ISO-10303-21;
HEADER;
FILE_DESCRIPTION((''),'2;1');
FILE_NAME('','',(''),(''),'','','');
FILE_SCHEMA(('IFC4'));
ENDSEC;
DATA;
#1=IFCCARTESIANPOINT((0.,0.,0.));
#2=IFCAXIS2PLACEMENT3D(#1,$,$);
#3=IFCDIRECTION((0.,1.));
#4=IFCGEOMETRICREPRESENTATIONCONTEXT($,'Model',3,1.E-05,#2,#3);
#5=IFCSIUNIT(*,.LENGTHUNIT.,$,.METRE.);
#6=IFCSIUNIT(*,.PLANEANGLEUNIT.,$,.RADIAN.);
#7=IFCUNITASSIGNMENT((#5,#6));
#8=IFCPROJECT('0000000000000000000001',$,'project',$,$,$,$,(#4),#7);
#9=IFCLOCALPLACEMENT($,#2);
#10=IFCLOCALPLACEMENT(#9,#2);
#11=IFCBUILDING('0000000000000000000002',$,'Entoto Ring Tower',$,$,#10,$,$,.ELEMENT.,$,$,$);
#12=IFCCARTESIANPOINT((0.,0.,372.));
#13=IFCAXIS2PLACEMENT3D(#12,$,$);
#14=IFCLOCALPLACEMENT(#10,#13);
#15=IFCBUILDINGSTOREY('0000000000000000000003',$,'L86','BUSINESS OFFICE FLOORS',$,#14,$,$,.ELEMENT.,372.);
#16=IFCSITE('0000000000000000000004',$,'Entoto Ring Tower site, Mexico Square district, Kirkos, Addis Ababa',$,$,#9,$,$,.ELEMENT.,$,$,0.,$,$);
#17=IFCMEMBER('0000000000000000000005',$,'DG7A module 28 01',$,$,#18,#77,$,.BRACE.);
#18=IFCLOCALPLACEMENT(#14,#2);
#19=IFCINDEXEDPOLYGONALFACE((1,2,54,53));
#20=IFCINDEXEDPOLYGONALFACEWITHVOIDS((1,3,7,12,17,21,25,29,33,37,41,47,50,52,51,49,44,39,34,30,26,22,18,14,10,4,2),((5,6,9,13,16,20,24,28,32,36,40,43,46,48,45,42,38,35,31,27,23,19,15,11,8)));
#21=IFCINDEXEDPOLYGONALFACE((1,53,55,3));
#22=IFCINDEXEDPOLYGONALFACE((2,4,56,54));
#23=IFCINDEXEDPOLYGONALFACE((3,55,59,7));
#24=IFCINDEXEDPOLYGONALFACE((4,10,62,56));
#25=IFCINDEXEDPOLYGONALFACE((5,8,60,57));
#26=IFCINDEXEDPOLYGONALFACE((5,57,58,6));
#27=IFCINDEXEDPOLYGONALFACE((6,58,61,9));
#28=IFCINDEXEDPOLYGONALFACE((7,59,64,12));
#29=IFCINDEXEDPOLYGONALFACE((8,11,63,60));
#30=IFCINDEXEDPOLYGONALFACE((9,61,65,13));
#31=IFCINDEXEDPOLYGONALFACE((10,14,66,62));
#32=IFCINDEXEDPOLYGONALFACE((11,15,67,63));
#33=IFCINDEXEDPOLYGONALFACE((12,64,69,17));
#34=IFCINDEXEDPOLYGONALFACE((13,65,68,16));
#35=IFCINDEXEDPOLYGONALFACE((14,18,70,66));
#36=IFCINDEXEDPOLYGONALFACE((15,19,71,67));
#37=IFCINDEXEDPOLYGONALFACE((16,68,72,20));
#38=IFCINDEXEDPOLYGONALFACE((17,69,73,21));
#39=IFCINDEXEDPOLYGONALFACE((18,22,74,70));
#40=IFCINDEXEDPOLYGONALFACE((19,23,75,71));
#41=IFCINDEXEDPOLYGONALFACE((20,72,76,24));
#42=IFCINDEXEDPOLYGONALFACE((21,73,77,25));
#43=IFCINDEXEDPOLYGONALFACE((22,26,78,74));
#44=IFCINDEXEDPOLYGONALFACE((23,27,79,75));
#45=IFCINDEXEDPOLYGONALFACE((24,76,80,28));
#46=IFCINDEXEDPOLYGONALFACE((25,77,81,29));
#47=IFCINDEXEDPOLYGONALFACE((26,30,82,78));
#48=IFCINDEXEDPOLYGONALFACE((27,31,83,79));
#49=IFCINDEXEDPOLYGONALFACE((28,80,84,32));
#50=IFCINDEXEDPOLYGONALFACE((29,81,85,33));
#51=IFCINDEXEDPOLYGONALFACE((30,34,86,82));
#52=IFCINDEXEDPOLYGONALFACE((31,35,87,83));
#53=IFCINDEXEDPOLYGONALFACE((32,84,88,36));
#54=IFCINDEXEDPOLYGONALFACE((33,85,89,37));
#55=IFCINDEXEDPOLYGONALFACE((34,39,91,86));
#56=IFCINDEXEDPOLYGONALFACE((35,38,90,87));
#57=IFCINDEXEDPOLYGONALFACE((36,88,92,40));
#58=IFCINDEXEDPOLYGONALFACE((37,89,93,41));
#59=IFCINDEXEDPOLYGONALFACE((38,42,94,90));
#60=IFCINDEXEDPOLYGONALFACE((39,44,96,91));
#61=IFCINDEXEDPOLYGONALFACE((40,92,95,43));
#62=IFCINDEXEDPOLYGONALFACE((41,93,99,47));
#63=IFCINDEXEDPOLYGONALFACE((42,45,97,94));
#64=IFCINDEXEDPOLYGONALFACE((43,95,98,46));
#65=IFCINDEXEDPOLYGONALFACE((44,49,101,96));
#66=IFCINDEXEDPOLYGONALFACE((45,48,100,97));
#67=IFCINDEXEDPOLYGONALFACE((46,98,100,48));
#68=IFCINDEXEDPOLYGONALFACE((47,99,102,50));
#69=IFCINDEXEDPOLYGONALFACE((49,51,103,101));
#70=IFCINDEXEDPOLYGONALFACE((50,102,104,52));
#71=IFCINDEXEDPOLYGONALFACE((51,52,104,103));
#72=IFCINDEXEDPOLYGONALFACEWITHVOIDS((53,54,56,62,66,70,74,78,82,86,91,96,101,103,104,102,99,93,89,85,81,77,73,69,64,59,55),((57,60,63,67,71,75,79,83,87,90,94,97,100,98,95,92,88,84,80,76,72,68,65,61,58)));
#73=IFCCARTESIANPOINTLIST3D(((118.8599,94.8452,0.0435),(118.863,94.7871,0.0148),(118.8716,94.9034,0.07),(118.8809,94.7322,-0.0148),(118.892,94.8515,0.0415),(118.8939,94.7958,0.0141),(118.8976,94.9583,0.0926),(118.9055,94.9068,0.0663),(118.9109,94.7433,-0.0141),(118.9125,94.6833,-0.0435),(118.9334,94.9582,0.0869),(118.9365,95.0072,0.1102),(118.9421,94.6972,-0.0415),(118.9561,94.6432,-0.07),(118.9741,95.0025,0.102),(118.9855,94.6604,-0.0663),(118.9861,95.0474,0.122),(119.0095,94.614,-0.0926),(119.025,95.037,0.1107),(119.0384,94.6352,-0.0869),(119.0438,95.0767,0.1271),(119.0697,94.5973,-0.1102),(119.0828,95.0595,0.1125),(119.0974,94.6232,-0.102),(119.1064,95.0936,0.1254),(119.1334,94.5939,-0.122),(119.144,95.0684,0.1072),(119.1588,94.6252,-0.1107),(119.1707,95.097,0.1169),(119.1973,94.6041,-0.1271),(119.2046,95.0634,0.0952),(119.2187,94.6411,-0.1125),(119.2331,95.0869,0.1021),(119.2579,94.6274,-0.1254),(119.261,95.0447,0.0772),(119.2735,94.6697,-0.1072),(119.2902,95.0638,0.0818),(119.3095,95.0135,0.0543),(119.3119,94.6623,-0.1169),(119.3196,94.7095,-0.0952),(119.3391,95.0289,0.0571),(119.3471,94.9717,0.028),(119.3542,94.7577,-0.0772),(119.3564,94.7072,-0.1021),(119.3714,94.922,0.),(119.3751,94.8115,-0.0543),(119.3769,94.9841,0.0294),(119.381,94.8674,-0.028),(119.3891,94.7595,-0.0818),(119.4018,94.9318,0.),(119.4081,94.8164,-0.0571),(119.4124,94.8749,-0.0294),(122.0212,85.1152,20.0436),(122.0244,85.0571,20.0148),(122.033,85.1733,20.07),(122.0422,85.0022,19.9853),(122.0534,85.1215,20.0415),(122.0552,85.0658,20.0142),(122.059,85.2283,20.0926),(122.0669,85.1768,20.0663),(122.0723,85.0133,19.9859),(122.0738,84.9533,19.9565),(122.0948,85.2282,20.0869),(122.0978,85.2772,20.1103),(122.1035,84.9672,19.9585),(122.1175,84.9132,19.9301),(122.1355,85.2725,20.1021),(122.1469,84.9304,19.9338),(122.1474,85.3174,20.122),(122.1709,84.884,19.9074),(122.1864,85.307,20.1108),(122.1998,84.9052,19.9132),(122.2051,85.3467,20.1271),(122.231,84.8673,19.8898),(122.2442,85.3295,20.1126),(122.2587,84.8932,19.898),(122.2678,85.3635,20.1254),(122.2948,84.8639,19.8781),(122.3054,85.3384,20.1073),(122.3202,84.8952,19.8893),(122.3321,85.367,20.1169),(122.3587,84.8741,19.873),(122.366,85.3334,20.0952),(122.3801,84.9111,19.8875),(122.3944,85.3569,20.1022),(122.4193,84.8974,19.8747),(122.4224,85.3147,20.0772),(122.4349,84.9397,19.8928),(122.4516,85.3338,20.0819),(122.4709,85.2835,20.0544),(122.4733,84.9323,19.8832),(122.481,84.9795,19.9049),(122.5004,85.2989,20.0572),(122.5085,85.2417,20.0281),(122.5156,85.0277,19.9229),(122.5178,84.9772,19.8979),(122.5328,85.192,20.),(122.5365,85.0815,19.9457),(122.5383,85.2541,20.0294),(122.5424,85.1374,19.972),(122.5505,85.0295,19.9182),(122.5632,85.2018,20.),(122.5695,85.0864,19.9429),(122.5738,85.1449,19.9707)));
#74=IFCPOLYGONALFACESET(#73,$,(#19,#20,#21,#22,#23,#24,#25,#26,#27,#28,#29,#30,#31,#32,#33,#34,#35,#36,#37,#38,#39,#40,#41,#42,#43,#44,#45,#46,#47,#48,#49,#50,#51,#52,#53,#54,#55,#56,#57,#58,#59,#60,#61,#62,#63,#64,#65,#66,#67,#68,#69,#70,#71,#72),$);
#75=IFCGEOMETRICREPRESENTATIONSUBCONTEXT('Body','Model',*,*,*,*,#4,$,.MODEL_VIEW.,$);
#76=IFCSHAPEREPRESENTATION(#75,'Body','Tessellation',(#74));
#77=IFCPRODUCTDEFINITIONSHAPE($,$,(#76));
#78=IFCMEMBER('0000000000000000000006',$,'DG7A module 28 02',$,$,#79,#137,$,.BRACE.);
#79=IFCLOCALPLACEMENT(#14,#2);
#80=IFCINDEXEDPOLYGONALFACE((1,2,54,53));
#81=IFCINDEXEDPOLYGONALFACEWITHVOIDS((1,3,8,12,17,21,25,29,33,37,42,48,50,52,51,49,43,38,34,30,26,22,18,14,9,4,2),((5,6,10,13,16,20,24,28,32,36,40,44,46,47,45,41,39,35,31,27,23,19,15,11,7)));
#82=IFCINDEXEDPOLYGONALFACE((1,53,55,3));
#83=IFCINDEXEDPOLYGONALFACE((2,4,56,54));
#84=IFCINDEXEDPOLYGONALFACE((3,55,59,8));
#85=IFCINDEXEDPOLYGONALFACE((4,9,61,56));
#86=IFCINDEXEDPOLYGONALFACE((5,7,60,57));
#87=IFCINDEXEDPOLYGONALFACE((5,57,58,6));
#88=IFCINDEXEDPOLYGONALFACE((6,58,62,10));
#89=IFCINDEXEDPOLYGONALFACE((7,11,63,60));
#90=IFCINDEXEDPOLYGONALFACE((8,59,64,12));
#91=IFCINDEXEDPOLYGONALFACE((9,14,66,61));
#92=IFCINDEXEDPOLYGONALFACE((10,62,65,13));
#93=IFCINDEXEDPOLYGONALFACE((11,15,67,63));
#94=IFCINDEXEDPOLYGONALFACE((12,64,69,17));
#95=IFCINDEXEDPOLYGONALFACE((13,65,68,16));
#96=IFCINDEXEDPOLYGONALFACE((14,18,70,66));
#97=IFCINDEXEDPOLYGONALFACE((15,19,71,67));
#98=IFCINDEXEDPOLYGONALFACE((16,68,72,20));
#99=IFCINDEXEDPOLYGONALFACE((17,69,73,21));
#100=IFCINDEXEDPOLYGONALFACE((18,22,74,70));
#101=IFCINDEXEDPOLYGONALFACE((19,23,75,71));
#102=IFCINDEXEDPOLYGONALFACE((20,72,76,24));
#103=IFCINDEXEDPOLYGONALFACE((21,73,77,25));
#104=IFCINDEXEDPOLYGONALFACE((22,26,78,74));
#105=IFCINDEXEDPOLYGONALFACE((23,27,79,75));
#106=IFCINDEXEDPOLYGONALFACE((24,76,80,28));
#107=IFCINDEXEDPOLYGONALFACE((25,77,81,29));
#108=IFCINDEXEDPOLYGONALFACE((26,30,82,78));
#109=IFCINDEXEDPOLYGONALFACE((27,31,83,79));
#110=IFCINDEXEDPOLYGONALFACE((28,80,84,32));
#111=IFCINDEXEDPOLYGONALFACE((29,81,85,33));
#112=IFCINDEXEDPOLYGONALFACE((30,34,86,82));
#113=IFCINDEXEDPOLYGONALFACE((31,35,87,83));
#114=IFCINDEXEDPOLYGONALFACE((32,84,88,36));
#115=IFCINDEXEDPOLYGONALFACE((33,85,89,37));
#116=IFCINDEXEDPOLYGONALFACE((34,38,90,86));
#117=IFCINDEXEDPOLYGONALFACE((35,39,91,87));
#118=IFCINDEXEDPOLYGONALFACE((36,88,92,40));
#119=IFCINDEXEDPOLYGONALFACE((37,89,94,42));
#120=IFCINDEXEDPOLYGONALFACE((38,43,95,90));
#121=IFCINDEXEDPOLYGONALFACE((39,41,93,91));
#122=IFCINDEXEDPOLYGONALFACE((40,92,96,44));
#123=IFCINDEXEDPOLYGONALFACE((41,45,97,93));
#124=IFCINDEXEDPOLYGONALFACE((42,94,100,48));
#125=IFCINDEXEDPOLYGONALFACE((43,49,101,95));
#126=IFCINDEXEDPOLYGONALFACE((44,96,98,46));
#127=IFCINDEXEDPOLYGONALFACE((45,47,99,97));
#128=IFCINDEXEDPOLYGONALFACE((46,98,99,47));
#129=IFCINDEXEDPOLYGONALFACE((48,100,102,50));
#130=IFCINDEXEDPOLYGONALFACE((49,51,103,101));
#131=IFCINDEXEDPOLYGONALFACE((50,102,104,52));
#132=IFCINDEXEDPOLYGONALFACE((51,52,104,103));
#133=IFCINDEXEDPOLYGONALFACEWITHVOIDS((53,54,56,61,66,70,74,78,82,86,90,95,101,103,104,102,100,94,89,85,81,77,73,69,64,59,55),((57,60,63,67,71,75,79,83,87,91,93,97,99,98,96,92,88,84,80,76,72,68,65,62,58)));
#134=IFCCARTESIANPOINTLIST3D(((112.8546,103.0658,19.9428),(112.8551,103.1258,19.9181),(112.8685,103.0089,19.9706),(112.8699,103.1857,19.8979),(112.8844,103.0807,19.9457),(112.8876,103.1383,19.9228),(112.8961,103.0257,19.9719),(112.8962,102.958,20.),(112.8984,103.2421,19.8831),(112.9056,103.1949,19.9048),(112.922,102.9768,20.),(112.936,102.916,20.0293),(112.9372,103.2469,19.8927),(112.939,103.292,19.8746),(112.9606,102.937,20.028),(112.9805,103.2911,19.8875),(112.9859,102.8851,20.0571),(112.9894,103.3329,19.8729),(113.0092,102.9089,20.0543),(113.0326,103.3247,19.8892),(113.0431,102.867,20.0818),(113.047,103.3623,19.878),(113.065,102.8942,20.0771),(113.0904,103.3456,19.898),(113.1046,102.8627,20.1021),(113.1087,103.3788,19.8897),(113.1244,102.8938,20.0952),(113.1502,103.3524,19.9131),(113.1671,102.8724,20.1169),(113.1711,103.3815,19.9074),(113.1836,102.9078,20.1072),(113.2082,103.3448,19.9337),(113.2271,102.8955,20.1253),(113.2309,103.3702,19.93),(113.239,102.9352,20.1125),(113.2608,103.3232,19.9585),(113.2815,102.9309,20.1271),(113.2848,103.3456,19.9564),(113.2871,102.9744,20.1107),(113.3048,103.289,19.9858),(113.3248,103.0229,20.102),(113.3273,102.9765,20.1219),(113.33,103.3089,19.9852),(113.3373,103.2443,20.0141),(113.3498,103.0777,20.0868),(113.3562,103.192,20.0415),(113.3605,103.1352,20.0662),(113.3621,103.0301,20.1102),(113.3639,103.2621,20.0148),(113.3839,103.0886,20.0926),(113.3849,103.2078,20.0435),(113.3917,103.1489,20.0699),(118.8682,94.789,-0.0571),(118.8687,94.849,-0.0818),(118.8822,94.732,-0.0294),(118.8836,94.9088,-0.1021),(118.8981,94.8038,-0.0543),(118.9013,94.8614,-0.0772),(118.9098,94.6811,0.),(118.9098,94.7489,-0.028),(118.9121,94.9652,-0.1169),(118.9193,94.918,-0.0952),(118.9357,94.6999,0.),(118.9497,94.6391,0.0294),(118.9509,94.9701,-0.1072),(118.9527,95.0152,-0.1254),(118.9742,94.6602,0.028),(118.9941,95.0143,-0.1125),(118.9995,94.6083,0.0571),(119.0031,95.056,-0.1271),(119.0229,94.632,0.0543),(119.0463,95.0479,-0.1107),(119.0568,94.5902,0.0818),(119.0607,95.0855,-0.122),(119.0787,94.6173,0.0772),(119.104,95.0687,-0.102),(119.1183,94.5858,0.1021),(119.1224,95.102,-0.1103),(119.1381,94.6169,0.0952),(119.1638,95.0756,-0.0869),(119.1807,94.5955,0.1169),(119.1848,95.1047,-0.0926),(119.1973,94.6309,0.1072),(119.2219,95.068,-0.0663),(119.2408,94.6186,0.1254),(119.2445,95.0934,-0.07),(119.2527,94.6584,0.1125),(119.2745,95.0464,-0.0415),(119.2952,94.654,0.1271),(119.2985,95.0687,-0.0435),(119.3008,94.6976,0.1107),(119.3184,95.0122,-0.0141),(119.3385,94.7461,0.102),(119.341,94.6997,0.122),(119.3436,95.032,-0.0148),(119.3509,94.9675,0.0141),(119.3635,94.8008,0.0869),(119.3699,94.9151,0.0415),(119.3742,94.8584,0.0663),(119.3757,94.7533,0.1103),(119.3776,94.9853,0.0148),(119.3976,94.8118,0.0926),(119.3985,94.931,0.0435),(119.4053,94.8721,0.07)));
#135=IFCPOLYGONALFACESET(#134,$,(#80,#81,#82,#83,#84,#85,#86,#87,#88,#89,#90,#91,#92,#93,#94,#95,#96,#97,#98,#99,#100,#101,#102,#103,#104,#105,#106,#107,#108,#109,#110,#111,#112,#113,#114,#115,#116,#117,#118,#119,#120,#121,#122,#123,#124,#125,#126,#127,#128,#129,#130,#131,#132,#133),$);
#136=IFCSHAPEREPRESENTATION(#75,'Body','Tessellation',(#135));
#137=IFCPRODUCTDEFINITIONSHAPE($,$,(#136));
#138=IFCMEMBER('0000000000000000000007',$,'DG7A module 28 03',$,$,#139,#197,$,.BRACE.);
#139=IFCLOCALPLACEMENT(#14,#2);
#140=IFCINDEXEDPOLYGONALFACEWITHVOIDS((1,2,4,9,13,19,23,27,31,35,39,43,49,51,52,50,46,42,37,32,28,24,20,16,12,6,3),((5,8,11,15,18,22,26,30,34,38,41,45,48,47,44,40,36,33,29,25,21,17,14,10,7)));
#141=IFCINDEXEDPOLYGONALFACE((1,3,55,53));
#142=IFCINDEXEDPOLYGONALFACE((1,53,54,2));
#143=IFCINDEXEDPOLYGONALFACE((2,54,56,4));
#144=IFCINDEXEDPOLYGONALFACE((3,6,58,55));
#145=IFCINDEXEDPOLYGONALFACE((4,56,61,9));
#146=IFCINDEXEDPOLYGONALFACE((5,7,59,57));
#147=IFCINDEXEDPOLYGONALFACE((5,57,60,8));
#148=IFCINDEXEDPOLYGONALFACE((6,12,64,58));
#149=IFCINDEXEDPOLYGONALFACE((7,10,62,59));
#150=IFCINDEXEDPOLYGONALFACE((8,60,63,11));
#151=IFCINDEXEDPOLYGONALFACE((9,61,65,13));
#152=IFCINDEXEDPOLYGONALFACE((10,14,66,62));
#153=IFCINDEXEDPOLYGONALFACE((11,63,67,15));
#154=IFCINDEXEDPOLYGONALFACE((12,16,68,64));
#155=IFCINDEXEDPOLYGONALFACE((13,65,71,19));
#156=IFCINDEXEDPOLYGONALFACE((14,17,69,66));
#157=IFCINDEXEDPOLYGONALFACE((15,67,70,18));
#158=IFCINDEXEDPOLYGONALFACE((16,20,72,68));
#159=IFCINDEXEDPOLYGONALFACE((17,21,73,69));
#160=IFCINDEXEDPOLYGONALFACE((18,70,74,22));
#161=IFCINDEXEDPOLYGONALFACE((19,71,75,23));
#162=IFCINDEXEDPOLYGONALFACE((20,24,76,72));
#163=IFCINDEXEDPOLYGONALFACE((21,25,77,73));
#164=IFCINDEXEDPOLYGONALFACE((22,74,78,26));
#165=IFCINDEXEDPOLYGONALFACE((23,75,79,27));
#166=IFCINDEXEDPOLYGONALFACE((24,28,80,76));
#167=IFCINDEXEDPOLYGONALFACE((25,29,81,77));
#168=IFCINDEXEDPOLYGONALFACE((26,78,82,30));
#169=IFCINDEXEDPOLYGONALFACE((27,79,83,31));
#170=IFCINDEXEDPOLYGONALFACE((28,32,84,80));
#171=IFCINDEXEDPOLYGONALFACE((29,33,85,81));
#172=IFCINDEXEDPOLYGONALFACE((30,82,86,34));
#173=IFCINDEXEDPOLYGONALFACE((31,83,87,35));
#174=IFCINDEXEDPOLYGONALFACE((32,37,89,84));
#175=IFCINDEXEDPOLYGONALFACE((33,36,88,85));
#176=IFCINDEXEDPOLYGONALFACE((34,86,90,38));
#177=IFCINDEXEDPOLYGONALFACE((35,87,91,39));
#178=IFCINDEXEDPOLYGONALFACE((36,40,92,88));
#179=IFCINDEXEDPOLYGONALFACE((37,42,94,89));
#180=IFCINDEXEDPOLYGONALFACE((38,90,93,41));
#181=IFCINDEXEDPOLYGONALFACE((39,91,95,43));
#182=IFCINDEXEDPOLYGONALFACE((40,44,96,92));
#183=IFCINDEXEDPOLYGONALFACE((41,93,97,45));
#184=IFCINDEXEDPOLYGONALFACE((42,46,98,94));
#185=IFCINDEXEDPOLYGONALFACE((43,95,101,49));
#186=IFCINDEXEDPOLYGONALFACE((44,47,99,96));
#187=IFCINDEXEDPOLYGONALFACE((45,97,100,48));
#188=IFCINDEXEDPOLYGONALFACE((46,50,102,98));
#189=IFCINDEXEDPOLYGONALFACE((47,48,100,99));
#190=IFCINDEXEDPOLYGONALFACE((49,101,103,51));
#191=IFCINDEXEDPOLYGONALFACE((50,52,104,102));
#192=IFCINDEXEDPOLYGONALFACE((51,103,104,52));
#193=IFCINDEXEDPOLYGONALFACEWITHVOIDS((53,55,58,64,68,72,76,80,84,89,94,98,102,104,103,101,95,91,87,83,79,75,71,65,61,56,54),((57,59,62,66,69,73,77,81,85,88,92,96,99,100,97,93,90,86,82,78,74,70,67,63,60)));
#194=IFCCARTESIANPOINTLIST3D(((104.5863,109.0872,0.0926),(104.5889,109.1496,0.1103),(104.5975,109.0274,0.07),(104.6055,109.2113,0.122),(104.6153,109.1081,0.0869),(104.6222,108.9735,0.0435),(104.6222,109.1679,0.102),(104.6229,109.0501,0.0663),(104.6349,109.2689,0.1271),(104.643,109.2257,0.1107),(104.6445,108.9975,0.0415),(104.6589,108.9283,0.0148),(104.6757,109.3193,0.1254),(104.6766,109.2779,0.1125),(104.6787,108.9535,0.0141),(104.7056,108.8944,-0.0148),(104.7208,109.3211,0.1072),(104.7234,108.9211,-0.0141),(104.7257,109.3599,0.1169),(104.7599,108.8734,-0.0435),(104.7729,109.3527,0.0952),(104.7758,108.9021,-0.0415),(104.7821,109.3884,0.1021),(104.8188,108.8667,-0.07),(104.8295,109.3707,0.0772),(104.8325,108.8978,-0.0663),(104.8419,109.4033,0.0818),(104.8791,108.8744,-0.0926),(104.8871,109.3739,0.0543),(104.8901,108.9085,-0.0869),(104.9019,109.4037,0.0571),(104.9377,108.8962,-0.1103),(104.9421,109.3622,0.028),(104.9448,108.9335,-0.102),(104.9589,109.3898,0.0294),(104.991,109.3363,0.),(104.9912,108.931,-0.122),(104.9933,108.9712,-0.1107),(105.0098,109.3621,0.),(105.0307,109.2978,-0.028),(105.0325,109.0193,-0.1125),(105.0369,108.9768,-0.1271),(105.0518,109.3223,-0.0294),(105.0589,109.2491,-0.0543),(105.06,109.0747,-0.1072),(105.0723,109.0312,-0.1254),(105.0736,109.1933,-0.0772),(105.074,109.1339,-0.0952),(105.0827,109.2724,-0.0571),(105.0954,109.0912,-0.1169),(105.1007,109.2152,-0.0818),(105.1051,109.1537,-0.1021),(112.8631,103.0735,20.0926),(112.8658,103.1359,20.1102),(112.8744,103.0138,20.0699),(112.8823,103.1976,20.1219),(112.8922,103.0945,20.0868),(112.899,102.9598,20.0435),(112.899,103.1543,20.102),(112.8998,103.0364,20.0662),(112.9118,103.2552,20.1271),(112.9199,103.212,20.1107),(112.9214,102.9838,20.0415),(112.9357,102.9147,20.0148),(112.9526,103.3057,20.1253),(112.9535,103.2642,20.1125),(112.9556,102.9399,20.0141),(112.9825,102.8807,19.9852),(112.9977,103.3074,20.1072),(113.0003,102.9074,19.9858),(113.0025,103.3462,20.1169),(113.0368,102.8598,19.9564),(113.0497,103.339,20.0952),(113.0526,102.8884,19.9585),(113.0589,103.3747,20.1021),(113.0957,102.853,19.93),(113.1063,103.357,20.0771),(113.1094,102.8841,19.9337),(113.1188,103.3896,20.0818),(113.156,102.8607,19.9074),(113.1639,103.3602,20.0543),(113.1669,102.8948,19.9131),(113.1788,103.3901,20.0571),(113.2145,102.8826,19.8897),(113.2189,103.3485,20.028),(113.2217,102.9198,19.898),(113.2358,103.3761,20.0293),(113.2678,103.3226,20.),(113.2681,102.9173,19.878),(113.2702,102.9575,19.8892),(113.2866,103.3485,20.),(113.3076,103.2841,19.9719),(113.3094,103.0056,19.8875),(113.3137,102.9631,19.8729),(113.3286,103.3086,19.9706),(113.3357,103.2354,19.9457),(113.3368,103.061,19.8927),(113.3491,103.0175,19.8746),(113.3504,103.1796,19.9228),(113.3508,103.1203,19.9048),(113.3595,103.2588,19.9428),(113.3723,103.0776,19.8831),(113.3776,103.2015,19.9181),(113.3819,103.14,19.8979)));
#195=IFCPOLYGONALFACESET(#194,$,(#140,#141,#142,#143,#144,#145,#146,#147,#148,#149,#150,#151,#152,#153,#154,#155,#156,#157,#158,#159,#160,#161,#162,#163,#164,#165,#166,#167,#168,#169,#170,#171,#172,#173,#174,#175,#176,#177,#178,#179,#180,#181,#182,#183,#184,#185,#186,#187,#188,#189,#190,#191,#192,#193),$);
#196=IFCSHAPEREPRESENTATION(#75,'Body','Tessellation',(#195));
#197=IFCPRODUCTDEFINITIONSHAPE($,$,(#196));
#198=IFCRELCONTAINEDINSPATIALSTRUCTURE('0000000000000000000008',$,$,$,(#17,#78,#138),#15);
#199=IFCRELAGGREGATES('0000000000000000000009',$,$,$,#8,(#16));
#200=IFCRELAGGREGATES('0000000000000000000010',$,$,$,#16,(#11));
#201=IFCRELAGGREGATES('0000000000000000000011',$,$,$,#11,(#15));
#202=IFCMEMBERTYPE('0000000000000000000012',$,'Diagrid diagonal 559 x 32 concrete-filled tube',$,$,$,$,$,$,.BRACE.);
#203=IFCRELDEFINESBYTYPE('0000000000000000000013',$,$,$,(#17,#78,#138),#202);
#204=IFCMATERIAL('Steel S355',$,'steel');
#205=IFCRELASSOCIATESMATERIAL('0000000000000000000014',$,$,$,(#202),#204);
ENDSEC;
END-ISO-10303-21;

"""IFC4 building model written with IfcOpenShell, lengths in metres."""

from ifc_helpers import new_model, si_unit, direction, frame, origin, origin_2d, place, context, subcontext, project, spatial, circle, hollow_circle, extrude, material, material_profile, profile_set, type_object, element, save


model = new_model("IFC4")

# Units and contexts
model_context = context("Model", 3, precision=1e-05, world=origin(), true_north=direction((0.0, 1.0)))
body_context = subcontext(model_context, "Body", "Model", "MODEL_VIEW")
ifc_project = project(units=[si_unit("LENGTHUNIT", "METRE"), si_unit("PLANEANGLEUNIT", "RADIAN")], contexts=[model_context])

# Site, building, storey
site_placement = place(None, origin())
site = spatial("IfcSite", under=ifc_project, at=site_placement, Name="Entoto Ring Tower site, Mexico Square district, Kirkos, Addis Ababa", CompositionType="ELEMENT", RefElevation=0.0)
building_placement = place(site_placement, origin())
building = spatial("IfcBuilding", under=site, at=building_placement, Name="Entoto Ring Tower", CompositionType="ELEMENT")
storey_placement = place(building_placement, frame((0.0, 0.0, 372.0)))
storey = spatial("IfcBuildingStorey", under=building, at=storey_placement, Name="L86", Description="BUSINESS OFFICE FLOORS", CompositionType="ELEMENT", Elevation=372.0)

# Members
ifc_material_1 = material(Name="Steel S355", Category="steel")
ifc_material_profile_1 = material_profile(ifc_material_1, hollow_circle(Radius=0.2795, WallThickness=0.032, at=origin_2d()), Name="CHS 559 x 32")
ifc_material_2 = material(Name="Concrete C60/75", Category="concrete")
ifc_material_profile_2 = material_profile(ifc_material_2, circle(Radius=0.2476, at=origin_2d()), Name="Concrete C60/75 infill")
ifc_profile_set_1 = profile_set([ifc_material_profile_1, ifc_material_profile_2], Name="Steel S355")
member_type_1 = type_object("IfcMemberType", Name="Diagrid diagonal 559 x 32 concrete-filled tube", PredefinedType="BRACE", material=ifc_profile_set_1)
for number, where, z_axis, x_axis, name in (
    (1, (119.136, 94.8455, 0.0), (0.140726, -0.433121, 0.890282), (0.951059, 0.309009, 0.0), "DG7A module 28 01"),
    (2, (119.136, 94.8455, 0.0), (-0.267692, 0.368435, 0.890279), (-0.809008, -0.587797, 0.0), "DG7A module 28 02"),
    (3, (104.8455, 109.136, 0.0), (0.368435, -0.267692, 0.890279), (0.587797, 0.809008, 0.0), "DG7A module 28 03"),
):
    element("IfcMember", number, at=place(storey_placement, frame(where, z_axis=z_axis, x_axis=x_axis)), inside=storey, type_object=member_type_1, Name=name, PredefinedType="BRACE", context=body_context, shape_type="SweptSolid", body=[
        extrude(hollow_circle(Radius=0.2795, WallThickness=0.032, at=origin_2d()), origin(), (0.0, 0.0, 1.0), 22.4648),
    ])

save(model, "model.ifc")
